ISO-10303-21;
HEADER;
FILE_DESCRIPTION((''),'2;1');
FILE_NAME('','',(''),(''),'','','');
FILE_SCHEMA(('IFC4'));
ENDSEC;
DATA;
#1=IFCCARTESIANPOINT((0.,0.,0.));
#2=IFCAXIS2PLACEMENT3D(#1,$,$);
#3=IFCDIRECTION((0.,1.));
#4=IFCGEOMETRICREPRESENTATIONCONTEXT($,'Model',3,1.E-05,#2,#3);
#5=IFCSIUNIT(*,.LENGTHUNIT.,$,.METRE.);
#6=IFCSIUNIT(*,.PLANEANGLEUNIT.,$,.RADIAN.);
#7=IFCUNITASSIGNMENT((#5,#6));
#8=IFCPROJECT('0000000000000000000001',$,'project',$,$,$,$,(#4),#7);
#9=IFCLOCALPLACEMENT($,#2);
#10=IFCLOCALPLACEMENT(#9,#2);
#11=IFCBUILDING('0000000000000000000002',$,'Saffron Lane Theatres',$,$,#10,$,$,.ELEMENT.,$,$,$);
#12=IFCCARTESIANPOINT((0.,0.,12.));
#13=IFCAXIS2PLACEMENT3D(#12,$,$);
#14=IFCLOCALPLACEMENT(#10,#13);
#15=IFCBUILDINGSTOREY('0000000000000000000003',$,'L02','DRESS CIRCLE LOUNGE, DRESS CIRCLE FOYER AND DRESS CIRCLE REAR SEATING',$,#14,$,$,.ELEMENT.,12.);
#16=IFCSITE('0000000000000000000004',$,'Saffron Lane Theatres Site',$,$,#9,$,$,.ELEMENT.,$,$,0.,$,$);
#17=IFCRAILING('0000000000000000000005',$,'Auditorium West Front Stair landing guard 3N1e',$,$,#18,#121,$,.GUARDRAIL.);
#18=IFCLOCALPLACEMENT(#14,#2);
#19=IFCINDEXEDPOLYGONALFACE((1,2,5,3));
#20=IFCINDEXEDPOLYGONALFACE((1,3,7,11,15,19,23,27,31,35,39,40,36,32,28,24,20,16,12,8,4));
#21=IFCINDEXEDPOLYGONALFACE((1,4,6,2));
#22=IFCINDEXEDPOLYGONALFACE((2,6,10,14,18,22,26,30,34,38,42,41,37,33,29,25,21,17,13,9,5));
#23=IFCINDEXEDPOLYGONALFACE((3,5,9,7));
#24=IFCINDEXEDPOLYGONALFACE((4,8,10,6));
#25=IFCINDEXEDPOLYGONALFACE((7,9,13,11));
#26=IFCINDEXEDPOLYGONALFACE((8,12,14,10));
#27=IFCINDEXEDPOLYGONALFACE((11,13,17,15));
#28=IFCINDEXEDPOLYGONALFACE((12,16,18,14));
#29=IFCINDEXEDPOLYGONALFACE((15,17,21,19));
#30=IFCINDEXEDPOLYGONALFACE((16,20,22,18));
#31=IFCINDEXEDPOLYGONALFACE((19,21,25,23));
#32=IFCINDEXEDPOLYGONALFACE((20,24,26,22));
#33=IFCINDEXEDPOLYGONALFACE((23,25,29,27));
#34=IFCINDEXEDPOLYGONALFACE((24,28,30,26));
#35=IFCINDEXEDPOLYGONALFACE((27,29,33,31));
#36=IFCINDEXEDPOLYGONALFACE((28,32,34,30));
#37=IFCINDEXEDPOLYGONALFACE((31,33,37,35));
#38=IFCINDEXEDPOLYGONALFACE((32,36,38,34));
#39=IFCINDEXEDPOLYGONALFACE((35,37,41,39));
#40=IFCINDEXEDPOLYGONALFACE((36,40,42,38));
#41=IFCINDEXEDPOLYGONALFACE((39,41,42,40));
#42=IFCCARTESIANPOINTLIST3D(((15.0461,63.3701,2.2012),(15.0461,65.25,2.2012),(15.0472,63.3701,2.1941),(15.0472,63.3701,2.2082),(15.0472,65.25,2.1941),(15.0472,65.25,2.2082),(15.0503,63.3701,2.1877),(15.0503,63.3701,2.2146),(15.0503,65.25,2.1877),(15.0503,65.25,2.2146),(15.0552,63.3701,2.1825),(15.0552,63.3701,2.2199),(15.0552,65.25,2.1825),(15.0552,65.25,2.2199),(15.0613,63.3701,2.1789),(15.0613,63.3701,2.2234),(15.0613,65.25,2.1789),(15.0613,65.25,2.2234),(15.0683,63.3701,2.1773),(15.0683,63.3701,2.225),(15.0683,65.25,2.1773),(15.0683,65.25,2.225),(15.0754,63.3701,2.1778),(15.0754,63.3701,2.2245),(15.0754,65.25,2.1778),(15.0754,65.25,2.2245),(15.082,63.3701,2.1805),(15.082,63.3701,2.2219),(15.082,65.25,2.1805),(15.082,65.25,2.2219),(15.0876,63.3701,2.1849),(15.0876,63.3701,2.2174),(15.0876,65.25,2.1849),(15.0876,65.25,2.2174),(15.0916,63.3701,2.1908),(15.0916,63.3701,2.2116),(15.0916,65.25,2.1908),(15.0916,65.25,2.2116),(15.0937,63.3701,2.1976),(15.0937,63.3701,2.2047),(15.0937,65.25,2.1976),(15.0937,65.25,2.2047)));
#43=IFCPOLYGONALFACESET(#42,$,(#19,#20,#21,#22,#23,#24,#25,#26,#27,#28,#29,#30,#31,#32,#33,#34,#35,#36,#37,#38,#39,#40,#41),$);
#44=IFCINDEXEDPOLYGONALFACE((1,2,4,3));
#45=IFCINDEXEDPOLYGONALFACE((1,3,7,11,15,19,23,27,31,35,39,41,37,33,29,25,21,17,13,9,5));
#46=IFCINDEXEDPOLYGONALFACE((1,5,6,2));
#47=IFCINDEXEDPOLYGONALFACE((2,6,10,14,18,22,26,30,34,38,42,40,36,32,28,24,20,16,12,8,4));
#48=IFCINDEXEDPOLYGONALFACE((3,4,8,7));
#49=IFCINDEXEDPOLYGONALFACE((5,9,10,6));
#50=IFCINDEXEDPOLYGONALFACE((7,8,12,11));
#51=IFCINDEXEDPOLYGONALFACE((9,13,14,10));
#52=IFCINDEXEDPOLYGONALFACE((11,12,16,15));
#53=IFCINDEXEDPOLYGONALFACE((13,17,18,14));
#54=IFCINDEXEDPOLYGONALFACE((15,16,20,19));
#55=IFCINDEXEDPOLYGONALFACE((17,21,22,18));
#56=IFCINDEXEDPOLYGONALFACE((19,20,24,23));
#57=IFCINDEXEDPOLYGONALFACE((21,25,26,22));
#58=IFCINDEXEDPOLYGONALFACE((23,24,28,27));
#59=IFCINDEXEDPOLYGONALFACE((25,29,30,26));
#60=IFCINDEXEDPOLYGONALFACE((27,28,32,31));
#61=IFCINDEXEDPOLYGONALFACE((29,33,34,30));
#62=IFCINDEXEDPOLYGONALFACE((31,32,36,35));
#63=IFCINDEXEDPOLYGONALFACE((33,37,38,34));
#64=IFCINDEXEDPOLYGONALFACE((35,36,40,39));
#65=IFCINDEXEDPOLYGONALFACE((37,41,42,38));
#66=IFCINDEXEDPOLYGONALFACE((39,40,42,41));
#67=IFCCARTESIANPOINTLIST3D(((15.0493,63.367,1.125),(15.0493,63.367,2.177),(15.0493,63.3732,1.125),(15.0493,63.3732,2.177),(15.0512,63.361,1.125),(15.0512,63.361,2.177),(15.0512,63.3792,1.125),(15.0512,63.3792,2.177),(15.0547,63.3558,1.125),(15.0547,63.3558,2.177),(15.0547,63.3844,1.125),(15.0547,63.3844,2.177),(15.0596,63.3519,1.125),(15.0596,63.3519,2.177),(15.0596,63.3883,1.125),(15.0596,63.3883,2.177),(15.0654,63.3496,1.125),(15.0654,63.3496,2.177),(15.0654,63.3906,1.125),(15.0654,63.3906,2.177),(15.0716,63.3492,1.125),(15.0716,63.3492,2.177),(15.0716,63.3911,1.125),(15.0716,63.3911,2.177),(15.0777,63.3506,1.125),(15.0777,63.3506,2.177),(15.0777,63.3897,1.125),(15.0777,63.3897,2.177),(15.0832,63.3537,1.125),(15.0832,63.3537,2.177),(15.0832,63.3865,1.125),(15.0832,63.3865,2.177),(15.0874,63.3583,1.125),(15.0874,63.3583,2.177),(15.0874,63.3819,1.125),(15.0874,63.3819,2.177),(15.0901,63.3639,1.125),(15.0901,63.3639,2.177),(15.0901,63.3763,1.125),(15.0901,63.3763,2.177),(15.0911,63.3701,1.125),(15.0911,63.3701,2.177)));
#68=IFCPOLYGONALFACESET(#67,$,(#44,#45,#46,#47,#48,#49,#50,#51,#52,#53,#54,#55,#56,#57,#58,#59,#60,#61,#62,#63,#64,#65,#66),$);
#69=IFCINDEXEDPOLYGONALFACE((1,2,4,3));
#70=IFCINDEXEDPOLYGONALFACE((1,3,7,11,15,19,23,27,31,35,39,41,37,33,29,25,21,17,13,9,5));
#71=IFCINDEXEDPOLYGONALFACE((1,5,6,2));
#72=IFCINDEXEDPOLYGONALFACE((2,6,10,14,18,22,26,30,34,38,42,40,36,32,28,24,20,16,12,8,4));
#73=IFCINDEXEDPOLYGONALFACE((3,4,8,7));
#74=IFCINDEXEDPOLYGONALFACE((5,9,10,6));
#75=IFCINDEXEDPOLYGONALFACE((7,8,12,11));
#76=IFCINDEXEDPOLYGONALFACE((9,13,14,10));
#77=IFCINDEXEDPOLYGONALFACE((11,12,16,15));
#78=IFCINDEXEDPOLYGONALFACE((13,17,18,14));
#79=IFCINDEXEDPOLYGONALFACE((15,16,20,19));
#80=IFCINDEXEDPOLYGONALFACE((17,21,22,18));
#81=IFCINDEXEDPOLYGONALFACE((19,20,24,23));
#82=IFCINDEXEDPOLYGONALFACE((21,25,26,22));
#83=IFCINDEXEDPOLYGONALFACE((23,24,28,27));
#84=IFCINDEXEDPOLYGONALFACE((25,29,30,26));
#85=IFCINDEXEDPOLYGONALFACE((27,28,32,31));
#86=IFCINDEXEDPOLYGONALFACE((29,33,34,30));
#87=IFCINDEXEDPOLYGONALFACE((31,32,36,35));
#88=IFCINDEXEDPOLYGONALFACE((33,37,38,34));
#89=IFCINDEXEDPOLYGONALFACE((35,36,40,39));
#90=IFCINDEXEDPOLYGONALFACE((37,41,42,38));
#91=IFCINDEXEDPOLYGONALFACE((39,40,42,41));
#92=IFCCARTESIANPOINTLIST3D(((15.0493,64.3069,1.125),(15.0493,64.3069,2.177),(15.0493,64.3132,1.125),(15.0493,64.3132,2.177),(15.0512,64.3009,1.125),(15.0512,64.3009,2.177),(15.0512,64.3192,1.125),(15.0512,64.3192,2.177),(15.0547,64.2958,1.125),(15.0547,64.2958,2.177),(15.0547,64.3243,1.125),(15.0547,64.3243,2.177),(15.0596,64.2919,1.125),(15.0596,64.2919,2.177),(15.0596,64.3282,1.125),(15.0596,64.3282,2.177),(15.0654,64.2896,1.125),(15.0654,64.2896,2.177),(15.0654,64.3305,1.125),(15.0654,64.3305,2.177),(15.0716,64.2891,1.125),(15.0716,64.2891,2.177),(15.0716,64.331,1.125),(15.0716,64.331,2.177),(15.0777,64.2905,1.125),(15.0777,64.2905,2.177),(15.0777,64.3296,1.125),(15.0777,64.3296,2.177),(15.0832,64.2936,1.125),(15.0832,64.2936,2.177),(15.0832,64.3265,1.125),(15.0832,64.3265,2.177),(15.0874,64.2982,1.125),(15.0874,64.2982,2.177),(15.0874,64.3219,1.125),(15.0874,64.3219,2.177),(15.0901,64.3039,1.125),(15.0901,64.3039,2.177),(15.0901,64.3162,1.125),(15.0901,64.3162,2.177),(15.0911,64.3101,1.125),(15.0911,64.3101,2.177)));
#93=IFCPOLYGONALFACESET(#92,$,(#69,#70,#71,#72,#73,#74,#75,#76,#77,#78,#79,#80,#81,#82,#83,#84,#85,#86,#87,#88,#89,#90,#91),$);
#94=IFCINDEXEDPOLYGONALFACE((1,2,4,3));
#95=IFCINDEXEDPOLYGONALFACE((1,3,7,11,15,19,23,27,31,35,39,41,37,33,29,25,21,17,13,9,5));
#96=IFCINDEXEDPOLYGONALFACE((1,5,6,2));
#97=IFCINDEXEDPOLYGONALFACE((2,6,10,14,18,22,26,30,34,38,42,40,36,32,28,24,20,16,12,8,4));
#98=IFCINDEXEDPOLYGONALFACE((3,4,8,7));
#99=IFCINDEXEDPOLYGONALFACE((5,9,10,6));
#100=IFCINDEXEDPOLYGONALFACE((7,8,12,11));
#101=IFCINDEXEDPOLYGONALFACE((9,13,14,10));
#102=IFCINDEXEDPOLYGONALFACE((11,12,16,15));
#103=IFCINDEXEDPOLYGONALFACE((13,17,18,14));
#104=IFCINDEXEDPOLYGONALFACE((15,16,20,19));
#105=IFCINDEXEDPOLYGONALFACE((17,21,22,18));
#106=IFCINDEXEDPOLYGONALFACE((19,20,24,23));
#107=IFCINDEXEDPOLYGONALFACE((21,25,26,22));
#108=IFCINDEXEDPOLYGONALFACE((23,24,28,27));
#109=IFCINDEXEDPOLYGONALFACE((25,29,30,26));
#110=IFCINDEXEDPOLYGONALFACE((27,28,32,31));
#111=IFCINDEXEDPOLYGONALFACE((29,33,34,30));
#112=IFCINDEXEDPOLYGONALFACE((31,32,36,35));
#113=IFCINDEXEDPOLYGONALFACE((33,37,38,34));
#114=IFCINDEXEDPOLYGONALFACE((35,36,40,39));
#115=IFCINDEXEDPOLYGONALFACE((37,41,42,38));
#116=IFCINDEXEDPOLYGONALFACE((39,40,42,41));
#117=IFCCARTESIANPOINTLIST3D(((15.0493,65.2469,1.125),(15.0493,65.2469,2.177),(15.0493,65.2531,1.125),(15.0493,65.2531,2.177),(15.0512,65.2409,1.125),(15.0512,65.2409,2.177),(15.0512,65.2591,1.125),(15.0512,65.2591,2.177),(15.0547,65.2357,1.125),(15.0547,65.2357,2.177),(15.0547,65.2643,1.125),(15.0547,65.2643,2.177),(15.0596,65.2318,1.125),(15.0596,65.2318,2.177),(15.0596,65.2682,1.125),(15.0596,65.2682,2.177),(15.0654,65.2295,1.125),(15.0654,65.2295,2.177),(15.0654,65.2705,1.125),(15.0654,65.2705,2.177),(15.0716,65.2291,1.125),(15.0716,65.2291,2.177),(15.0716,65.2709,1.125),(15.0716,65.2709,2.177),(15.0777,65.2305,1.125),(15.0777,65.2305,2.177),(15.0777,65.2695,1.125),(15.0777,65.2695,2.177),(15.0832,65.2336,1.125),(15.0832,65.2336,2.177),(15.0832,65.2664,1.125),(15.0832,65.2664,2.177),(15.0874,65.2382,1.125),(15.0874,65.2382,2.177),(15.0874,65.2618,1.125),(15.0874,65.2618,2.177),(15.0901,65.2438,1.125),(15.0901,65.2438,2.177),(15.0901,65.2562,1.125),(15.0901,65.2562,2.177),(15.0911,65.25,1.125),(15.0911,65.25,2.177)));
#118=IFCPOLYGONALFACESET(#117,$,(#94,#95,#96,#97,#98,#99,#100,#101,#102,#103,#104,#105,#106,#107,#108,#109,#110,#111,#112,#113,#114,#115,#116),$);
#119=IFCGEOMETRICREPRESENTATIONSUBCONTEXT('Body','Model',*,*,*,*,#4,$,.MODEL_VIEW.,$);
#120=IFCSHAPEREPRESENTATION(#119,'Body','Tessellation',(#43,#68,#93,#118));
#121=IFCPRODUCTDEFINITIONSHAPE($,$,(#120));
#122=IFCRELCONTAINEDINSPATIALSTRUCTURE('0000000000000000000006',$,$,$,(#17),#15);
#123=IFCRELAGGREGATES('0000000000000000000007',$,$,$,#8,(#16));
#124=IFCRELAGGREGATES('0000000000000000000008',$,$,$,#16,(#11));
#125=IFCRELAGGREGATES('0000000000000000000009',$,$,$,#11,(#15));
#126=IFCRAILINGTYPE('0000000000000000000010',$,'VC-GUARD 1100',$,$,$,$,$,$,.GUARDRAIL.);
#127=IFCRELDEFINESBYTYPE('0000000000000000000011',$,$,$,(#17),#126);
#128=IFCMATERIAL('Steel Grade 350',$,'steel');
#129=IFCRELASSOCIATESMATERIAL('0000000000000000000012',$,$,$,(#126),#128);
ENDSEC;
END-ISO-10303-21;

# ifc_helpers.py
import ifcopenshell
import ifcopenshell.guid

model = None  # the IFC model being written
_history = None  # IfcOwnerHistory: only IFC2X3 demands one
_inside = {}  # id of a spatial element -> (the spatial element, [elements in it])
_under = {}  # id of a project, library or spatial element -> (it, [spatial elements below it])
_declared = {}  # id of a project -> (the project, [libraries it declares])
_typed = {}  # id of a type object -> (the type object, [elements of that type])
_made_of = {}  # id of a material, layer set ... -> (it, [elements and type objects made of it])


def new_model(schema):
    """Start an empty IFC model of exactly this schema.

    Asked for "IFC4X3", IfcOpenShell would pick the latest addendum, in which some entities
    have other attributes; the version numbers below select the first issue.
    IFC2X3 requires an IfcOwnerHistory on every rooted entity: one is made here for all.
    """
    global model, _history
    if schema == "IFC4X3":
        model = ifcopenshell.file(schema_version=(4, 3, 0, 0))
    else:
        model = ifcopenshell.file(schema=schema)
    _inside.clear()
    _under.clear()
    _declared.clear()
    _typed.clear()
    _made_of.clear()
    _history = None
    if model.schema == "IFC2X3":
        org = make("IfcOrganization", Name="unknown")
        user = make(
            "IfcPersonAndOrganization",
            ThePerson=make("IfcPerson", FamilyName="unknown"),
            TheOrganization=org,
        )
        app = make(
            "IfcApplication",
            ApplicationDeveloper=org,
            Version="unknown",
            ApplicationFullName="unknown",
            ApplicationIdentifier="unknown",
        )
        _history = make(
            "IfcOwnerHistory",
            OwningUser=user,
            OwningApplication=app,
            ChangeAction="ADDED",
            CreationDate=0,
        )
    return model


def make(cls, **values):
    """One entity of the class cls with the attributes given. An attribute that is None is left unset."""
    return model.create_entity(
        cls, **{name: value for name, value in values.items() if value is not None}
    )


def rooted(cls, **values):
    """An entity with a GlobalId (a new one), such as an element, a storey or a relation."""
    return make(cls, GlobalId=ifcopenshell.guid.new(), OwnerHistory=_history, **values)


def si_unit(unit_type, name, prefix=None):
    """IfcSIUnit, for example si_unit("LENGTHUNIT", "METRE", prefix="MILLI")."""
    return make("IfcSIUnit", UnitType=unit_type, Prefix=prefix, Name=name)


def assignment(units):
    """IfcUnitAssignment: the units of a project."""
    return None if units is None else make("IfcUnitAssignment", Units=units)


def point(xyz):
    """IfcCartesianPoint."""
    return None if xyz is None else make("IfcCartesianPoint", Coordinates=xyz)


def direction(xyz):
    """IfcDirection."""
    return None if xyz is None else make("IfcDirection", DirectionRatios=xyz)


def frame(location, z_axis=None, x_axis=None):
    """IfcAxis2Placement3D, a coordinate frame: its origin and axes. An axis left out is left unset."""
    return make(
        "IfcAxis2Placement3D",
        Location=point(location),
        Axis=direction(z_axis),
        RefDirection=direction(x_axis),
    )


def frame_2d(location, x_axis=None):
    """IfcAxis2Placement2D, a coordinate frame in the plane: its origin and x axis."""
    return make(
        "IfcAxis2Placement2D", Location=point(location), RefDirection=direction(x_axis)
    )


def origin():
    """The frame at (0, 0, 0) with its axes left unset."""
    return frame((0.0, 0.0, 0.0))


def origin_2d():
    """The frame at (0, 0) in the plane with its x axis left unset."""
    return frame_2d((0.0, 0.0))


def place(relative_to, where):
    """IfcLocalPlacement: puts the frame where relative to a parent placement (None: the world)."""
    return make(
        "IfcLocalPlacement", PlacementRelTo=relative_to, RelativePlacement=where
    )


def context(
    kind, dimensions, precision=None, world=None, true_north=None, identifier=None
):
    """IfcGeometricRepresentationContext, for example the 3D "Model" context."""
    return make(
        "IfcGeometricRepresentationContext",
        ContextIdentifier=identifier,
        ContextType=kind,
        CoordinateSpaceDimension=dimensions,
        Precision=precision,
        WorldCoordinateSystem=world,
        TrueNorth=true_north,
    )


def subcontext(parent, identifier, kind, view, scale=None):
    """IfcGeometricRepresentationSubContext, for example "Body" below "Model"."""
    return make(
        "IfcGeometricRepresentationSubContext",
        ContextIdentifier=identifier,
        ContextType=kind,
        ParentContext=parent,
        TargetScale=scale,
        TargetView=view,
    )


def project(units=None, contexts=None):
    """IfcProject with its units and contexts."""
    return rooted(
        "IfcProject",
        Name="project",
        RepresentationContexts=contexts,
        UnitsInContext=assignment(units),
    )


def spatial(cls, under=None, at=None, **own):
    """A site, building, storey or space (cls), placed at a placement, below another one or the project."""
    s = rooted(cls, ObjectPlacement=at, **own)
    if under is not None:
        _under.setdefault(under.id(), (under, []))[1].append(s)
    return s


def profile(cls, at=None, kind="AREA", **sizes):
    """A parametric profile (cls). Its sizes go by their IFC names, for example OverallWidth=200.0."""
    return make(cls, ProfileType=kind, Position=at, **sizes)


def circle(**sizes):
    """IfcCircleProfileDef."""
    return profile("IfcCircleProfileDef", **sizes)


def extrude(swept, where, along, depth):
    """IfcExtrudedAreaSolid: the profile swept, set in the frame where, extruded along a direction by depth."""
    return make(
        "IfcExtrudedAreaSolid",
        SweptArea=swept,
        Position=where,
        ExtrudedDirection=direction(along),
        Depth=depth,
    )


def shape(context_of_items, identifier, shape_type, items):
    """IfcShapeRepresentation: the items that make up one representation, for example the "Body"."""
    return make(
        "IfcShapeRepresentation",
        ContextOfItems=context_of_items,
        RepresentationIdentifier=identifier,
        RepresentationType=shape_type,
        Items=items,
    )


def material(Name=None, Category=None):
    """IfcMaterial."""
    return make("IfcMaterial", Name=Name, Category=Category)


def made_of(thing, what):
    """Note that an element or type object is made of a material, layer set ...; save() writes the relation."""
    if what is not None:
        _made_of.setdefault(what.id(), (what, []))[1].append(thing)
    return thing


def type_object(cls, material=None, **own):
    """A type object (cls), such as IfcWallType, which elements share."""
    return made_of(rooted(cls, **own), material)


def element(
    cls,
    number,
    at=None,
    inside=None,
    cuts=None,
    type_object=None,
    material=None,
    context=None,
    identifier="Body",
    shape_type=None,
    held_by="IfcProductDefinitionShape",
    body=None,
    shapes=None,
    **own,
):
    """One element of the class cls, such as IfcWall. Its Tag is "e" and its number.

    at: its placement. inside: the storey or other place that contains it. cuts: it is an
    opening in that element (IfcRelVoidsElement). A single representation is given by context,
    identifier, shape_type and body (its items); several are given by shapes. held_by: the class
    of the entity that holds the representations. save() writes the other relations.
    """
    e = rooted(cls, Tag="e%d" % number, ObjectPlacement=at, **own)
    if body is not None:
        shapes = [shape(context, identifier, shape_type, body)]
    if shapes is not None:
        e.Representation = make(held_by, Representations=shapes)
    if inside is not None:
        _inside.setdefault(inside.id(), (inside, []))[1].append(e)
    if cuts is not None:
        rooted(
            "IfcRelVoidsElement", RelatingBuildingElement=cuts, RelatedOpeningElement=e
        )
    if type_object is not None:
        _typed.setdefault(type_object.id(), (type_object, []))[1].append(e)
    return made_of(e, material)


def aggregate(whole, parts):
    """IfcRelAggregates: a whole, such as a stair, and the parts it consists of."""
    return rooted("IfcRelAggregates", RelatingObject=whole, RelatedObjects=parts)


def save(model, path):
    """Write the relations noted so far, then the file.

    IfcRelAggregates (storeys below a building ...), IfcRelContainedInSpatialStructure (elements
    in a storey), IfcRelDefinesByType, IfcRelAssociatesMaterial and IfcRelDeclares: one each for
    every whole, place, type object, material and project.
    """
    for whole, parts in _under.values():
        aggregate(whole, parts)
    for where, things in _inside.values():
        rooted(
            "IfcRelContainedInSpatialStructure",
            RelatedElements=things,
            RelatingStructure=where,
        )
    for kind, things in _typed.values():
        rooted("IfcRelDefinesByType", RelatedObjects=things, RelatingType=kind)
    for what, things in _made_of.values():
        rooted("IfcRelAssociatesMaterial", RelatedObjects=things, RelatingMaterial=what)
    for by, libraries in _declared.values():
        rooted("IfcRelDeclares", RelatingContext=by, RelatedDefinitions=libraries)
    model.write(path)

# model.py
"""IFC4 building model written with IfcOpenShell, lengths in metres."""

from ifc_helpers import new_model, si_unit, direction, frame, origin, origin_2d, place, context, subcontext, project, spatial, circle, extrude, material, type_object, element, save


model = new_model("IFC4")

# Units and contexts
model_context = context("Model", 3, precision=1e-05, world=origin(), true_north=direction((0.0, 1.0)))
body_context = subcontext(model_context, "Body", "Model", "MODEL_VIEW")
ifc_project = project(units=[si_unit("LENGTHUNIT", "METRE"), si_unit("PLANEANGLEUNIT", "RADIAN")], contexts=[model_context])

# Site, building, storey
site_placement = place(None, origin())
site = spatial("IfcSite", under=ifc_project, at=site_placement, Name="Saffron Lane Theatres Site", CompositionType="ELEMENT", RefElevation=0.0)
building_placement = place(site_placement, origin())
building = spatial("IfcBuilding", under=site, at=building_placement, Name="Saffron Lane Theatres", CompositionType="ELEMENT")
storey_placement = place(building_placement, frame((0.0, 0.0, 12.0)))
storey = spatial("IfcBuildingStorey", under=building, at=storey_placement, Name="L02", Description="DRESS CIRCLE LOUNGE, DRESS CIRCLE FOYER AND DRESS CIRCLE REAR SEATING", CompositionType="ELEMENT", Elevation=12.0)

# Railing
ifc_material_1 = material(Name="Steel Grade 350", Category="steel")
railing_type_1 = type_object("IfcRailingType", Name="VC-GUARD 1100", PredefinedType="GUARDRAIL", material=ifc_material_1)
railing_1_placement = place(storey_placement, frame((15.0701, 63.3701, 1.125)))
element("IfcRailing", 1, at=railing_1_placement, inside=storey, type_object=railing_type_1, Name="Auditorium West Front Stair landing guard 3N1e", PredefinedType="GUARDRAIL", context=body_context, shape_type="SweptSolid", body=[
    extrude(circle(Radius=0.0239, at=origin_2d()), frame((0.0, 0.0, 1.0762), z_axis=(0.0, 1.0, 0.0), x_axis=(-1.0, 0.0, 0.0)), (0.0, 0.0, 1.0), 1.8799),
    extrude(circle(Radius=0.021, at=origin_2d()), origin(), (0.0, 0.0, 1.0), 1.052),
    extrude(circle(Radius=0.021, at=origin_2d()), frame((0.0, 0.9399, 0.0)), (0.0, 0.0, 1.0), 1.052),
    extrude(circle(Radius=0.021, at=origin_2d()), frame((0.0, 1.8799, 0.0)), (0.0, 0.0, 1.0), 1.052),
])

save(model, "model.ifc")
